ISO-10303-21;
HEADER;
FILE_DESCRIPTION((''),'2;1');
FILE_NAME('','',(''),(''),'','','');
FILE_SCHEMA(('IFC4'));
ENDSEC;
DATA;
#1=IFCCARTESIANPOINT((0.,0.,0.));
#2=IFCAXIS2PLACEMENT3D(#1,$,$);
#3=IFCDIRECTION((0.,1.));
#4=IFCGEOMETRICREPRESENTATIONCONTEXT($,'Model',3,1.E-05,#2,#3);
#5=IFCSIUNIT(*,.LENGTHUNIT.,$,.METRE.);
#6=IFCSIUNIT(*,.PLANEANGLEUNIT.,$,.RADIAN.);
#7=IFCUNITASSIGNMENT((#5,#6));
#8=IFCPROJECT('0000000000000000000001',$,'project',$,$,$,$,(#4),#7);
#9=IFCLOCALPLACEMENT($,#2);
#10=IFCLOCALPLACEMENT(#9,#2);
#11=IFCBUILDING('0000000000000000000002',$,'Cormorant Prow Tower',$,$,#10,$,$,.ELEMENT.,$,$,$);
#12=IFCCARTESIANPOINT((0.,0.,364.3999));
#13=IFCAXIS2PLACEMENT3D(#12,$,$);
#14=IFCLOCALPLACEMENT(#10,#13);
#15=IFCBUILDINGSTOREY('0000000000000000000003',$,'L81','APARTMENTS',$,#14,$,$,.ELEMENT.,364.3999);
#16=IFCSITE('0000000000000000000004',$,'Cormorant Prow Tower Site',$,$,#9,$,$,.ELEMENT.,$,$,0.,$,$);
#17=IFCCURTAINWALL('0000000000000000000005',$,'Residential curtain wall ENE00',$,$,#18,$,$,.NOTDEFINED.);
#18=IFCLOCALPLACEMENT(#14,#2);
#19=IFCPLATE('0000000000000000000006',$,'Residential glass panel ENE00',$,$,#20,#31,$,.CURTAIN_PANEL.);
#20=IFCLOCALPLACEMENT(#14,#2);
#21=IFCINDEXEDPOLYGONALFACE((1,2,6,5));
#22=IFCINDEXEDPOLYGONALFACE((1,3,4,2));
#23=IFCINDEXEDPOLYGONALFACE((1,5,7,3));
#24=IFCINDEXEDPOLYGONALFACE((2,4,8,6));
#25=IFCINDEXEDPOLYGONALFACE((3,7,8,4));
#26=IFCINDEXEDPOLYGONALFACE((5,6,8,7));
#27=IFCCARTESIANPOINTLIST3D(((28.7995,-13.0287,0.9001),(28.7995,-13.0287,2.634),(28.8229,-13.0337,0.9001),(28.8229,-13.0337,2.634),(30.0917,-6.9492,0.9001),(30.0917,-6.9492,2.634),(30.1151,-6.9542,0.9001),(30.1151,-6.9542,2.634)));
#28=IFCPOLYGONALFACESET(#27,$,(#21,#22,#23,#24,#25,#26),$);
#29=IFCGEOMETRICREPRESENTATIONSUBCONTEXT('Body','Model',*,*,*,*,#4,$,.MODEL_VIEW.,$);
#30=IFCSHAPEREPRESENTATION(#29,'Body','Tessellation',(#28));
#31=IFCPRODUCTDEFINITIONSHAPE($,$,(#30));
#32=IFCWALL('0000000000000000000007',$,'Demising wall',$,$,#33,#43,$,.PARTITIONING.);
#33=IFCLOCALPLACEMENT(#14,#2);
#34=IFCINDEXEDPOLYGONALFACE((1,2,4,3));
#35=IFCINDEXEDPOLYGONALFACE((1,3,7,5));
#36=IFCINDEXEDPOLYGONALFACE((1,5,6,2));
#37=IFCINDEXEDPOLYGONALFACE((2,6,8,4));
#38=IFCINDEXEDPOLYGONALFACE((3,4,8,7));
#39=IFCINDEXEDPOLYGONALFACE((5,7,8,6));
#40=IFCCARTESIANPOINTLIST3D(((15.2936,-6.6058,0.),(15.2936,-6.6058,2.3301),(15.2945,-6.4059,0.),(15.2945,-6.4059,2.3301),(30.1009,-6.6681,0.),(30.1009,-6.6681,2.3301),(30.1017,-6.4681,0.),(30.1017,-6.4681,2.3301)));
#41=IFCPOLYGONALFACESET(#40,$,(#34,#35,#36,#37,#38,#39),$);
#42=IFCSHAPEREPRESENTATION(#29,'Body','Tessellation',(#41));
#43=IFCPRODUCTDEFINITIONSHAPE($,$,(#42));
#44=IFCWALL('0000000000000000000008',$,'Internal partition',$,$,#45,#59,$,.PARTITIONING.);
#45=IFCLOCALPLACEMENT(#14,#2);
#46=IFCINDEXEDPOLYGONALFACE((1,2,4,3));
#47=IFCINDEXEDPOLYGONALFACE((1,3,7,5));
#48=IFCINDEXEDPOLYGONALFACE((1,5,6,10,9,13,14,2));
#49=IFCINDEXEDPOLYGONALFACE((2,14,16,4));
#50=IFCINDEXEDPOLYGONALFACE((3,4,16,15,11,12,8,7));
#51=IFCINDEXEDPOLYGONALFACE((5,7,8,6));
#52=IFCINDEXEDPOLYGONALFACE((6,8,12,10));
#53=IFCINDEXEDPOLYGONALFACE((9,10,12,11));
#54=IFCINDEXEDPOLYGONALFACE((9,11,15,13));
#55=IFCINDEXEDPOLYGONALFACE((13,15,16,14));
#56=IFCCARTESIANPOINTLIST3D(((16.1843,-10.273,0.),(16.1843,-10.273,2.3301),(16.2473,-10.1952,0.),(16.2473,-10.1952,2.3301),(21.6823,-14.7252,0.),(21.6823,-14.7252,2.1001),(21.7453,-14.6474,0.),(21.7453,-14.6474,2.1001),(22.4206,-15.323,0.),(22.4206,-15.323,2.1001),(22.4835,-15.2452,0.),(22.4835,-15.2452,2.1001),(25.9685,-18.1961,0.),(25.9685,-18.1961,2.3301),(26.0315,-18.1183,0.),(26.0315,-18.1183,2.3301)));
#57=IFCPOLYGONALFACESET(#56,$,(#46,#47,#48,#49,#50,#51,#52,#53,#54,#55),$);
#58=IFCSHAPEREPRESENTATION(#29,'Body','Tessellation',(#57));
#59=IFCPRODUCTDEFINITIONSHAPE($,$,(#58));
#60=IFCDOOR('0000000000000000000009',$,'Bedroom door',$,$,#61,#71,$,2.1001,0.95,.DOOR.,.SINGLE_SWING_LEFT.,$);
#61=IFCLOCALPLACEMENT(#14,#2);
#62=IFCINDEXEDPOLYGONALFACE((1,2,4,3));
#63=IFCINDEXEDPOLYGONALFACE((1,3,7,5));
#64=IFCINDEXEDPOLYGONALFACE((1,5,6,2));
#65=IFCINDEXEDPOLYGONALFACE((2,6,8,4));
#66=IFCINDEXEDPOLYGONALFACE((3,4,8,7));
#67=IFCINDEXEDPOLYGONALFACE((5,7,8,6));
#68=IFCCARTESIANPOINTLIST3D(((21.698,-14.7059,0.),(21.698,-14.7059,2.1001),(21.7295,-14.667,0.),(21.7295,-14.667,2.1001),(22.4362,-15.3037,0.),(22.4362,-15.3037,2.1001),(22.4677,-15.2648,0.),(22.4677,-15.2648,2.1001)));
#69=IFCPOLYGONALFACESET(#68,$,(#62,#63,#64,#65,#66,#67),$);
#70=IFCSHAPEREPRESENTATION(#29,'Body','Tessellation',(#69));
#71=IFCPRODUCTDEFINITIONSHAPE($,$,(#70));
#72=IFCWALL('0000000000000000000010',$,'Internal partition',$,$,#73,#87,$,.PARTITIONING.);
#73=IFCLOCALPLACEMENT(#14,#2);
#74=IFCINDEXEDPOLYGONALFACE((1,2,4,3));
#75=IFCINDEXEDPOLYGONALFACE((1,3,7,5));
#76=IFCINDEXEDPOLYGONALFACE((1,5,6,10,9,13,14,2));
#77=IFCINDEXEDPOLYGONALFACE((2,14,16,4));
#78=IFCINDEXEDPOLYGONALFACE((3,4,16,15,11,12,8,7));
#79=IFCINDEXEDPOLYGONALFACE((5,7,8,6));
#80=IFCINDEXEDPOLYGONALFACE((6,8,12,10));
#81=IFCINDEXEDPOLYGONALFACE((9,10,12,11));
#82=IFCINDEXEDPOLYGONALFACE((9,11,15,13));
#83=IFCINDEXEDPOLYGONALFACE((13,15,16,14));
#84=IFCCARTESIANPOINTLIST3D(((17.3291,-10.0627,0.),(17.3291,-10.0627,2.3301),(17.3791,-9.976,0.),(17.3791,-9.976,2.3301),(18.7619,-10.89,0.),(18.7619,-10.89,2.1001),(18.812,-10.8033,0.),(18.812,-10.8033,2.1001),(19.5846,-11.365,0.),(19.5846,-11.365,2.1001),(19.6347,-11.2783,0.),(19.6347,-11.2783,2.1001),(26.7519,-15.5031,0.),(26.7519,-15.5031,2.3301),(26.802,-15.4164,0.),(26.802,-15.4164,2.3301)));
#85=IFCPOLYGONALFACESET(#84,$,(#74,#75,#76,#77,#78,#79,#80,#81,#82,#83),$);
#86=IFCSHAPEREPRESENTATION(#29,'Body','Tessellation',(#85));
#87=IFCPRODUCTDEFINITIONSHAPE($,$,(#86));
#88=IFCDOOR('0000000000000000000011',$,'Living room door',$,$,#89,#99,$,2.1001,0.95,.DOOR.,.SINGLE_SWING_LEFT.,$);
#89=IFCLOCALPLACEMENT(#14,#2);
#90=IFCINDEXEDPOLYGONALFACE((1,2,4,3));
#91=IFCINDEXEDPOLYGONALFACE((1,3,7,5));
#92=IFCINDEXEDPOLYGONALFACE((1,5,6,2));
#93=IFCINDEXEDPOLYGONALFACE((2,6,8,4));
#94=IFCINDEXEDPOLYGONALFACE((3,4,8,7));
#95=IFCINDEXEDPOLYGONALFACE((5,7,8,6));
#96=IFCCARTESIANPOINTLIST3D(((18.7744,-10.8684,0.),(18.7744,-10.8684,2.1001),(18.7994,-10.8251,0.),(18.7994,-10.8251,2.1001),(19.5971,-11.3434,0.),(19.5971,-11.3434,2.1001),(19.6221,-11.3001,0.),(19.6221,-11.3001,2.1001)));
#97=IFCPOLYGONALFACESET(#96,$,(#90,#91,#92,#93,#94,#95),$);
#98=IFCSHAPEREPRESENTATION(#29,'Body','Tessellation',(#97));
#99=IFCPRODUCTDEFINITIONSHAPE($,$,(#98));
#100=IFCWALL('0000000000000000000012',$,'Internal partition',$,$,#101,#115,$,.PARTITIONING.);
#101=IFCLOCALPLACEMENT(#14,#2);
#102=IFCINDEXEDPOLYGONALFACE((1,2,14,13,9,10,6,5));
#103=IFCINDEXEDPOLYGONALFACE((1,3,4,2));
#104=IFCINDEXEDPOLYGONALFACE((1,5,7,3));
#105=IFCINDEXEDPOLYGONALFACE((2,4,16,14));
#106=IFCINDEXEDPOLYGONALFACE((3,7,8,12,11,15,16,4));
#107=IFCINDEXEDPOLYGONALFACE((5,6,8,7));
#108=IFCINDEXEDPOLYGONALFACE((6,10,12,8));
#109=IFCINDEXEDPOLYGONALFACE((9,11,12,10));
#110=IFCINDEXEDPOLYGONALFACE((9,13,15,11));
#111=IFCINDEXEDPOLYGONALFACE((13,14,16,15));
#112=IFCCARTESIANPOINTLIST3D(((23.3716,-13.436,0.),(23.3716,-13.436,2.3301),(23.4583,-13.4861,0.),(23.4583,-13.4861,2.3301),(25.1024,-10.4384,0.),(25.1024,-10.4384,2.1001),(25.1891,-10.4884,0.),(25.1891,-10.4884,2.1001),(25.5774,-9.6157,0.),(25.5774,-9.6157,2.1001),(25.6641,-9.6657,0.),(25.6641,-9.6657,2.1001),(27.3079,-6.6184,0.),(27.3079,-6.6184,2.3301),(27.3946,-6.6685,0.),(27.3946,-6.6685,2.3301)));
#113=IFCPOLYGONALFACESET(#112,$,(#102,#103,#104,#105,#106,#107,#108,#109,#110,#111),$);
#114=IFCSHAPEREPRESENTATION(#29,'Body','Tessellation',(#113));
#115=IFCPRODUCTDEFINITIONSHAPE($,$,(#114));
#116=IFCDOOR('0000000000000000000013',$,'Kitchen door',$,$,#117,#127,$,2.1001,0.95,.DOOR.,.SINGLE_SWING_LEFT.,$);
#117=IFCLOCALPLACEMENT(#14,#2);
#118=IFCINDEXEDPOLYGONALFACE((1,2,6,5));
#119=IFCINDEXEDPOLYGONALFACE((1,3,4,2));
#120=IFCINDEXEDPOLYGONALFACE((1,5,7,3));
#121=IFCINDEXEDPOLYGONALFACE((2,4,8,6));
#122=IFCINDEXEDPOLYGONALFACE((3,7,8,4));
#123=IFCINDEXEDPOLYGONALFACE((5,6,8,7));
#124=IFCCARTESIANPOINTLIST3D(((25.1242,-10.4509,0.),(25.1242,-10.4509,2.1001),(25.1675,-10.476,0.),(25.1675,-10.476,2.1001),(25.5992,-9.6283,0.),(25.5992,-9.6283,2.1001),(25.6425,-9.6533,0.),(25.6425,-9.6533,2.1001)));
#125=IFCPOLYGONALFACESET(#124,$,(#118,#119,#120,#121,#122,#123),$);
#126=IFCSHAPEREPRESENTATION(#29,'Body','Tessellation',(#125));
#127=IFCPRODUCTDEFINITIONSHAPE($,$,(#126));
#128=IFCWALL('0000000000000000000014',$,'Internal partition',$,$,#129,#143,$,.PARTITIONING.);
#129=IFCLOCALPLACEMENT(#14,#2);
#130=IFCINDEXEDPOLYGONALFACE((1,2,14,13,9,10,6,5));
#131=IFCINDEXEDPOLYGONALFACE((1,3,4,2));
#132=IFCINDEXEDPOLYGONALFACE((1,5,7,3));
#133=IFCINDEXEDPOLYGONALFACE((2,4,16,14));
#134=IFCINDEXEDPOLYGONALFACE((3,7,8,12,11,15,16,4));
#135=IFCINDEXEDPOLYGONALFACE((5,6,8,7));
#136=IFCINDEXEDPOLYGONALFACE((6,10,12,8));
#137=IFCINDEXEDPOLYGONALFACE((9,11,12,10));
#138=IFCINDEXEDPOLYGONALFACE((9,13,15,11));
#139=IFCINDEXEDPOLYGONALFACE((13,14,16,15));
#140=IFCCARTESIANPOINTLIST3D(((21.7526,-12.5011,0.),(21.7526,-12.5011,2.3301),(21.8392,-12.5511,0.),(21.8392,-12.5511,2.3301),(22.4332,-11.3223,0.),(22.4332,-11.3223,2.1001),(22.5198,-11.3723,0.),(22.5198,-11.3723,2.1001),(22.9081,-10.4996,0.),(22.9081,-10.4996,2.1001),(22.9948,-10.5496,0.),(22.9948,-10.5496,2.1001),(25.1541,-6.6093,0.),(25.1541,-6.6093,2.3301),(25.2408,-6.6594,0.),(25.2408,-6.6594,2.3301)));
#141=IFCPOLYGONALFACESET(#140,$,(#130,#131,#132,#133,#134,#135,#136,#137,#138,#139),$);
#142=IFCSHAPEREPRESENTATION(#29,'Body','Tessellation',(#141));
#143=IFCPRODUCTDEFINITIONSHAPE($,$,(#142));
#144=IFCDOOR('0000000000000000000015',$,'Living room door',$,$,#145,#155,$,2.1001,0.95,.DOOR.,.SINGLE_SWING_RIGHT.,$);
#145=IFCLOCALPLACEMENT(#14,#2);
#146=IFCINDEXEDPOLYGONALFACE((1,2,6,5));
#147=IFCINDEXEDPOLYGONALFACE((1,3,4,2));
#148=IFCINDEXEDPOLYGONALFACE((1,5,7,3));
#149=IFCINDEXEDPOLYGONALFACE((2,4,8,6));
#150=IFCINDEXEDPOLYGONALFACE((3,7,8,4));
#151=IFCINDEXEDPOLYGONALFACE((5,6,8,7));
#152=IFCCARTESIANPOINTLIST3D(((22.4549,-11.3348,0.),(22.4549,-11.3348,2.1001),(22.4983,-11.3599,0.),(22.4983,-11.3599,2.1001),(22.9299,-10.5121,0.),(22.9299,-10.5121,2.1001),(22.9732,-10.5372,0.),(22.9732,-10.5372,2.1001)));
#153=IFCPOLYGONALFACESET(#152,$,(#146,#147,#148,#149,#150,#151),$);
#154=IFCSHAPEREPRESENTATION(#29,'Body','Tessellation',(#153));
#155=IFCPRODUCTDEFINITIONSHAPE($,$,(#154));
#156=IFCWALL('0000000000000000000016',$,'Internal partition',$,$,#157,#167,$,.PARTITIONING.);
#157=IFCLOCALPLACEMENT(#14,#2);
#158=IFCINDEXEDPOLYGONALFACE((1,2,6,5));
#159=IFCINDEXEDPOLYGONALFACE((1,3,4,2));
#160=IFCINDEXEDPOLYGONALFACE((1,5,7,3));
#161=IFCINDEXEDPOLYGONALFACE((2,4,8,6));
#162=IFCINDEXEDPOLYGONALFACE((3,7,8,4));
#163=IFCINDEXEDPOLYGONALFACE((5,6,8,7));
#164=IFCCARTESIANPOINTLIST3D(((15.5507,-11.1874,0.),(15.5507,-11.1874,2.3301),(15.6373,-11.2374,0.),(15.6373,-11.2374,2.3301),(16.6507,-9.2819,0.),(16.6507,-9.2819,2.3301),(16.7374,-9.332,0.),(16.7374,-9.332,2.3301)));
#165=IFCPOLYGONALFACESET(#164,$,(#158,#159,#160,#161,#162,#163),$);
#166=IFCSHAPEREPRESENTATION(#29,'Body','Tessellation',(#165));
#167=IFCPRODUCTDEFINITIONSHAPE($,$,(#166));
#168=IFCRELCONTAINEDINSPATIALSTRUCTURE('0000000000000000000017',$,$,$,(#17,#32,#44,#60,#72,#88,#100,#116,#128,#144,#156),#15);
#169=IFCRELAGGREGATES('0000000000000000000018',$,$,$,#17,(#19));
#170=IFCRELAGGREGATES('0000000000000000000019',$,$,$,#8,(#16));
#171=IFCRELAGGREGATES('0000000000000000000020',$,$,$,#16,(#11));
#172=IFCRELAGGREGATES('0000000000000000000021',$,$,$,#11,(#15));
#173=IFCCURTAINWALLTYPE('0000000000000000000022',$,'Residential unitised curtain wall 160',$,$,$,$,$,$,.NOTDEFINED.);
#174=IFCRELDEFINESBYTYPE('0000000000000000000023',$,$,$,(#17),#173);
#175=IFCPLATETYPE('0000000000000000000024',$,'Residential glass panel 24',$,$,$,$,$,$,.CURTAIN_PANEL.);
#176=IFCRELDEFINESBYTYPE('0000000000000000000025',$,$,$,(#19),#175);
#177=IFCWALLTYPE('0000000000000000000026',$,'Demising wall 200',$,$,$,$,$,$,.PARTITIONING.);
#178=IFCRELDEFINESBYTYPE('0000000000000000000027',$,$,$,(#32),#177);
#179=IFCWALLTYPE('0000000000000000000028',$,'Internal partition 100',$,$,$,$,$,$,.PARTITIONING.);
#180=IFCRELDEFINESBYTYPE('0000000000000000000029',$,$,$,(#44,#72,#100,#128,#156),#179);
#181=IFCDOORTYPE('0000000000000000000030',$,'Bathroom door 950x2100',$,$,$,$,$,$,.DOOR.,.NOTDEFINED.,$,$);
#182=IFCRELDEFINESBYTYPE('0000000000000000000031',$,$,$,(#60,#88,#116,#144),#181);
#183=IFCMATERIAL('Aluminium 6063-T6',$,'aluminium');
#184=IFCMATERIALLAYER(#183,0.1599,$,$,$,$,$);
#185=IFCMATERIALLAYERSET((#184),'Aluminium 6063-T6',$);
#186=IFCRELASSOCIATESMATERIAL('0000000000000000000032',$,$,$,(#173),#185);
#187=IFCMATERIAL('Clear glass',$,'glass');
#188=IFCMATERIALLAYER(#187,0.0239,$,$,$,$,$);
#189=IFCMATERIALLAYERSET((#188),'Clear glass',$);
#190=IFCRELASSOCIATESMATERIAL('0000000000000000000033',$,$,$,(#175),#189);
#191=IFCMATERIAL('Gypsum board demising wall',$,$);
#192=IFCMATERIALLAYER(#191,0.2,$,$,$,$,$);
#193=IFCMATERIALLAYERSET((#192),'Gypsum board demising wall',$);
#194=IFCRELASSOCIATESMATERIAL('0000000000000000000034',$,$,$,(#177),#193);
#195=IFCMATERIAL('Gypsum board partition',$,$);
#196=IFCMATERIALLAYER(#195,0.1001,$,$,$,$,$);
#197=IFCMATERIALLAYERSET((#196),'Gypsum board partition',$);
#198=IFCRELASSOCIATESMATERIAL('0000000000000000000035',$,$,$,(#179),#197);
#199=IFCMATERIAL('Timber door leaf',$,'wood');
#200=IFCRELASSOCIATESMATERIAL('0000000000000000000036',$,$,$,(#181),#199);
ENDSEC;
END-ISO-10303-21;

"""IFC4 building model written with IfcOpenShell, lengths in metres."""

from ifc_helpers import new_model, si_unit, direction, frame, frame_2d, origin, origin_2d, place, context, subcontext, project, spatial, rectangle, extrude, material, layer, layer_set, type_object, element, fill, aggregate, save


model = new_model("IFC4")

# Units and contexts
model_context = context("Model", 3, precision=1e-05, world=origin(), true_north=direction((0.0, 1.0)))
body_context = subcontext(model_context, "Body", "Model", "MODEL_VIEW")
ifc_project = project(units=[si_unit("LENGTHUNIT", "METRE"), si_unit("PLANEANGLEUNIT", "RADIAN")], contexts=[model_context])

# Site, building, storey
site_placement = place(None, origin())
site = spatial("IfcSite", under=ifc_project, at=site_placement, Name="Cormorant Prow Tower Site", CompositionType="ELEMENT", RefElevation=0.0)
building_placement = place(site_placement, origin())
building = spatial("IfcBuilding", under=site, at=building_placement, Name="Cormorant Prow Tower", CompositionType="ELEMENT")
storey_placement = place(building_placement, frame((0.0, 0.0, 364.3999)))
storey = spatial("IfcBuildingStorey", under=building, at=storey_placement, Name="L81", Description="APARTMENTS", CompositionType="ELEMENT", Elevation=364.3999)

# Curtain wall
ifc_material_1 = material(Name="Aluminium 6063-T6", Category="aluminium")
ifc_layer_1 = layer(ifc_material_1, 0.1599)
ifc_layer_set_1 = layer_set([ifc_layer_1], Name="Aluminium 6063-T6")
curtain_wall_type = type_object("IfcCurtainWallType", Name="Residential unitised curtain wall 160", PredefinedType="NOTDEFINED", material=ifc_layer_set_1)
curtain_wall_1_placement = place(storey_placement, origin())
curtain_wall_1 = element("IfcCurtainWall", 1, at=curtain_wall_1_placement, inside=storey, type_object=curtain_wall_type, Name="Residential curtain wall ENE00", PredefinedType="NOTDEFINED")

# Plate
ifc_material_2 = material(Name="Clear glass", Category="glass")
ifc_layer_2 = layer(ifc_material_2, 0.0239)
ifc_layer_set_2 = layer_set([ifc_layer_2], Name="Clear glass")
plate_type = type_object("IfcPlateType", Name="Residential glass panel 24", PredefinedType="CURTAIN_PANEL", material=ifc_layer_set_2)
plate_placement = place(storey_placement, frame((29.4573, -9.9915, 0.9001), z_axis=(0.0, 0.0, 1.0), x_axis=(0.207912, 0.978148, 0.0)))
plate = element("IfcPlate", 2, at=plate_placement, type_object=plate_type, Name="Residential glass panel ENE00", PredefinedType="CURTAIN_PANEL", context=body_context, shape_type="SweptSolid", body=[
    extrude(rectangle(XDim=6.2153, YDim=0.0239, at=origin_2d()), origin(), (0.0, 0.0, 1.0), 1.7339),
])
aggregate(curtain_wall_1, [plate])

# Wall
ifc_material_3 = material(Name="Gypsum board demising wall")
ifc_layer_3 = layer(ifc_material_3, 0.2)
ifc_layer_set_3 = layer_set([ifc_layer_3], Name="Gypsum board demising wall")
wall_type_1 = type_object("IfcWallType", Name="Demising wall 200", PredefinedType="PARTITIONING", material=ifc_layer_set_3)
wall_1_placement = place(storey_placement, frame((15.2939, -6.5059, 0.0), z_axis=(0.0, 0.0, 1.0), x_axis=(0.999991, -0.004204, 0.0)))
element("IfcWall", 3, at=wall_1_placement, inside=storey, type_object=wall_type_1, Name="Demising wall", PredefinedType="PARTITIONING", context=body_context, shape_type="SweptSolid", body=[
    extrude(rectangle(XDim=14.8074, YDim=0.2, at=frame_2d((7.4038, 0.0))), origin(), (0.0, 0.0, 1.0), 2.3301),
])

# Walls, openings, doors
ifc_material_4 = material(Name="Gypsum board partition")
ifc_layer_4 = layer(ifc_material_4, 0.1001)
ifc_layer_set_4 = layer_set([ifc_layer_4], Name="Gypsum board partition")
wall_type_2 = type_object("IfcWallType", Name="Internal partition 100", PredefinedType="PARTITIONING", material=ifc_layer_set_4)
wall_2_placement = place(storey_placement, frame((16.2158, -10.2341, 0.0), z_axis=(0.0, 0.0, 1.0), x_axis=(0.777145, -0.629322, 0.0)))
wall_2 = element("IfcWall", 4, at=wall_2_placement, inside=storey, type_object=wall_type_2, Name="Internal partition", PredefinedType="PARTITIONING", context=body_context, shape_type="SweptSolid", body=[
    extrude(rectangle(XDim=12.5898, YDim=0.1001, at=frame_2d((6.2949, 0.0))), origin(), (0.0, 0.0, 1.0), 2.3301),
])
opening_1_placement = place(wall_2_placement, frame((7.0745, 0.0, 0.0)))
opening_1 = element("IfcOpeningElement", 5, at=opening_1_placement, cuts=wall_2, PredefinedType="OPENING", context=body_context, shape_type="SweptSolid", body=[
    extrude(rectangle(XDim=0.95, YDim=2.1001, at=frame_2d((0.4751, 1.05))), frame((0.0, 0.0601, 0.0), z_axis=(0.0, -1.0, 0.0), x_axis=(1.0, 0.0, 0.0)), (0.0, 0.0, 1.0), 0.1201),
])
ifc_material_5 = material(Name="Timber door leaf", Category="wood")
door_type_1 = type_object("IfcDoorType", Name="Bathroom door 950x2100", OperationType="NOTDEFINED", PredefinedType="DOOR", material=ifc_material_5)
door_1_placement = place(opening_1_placement, origin())
door_1 = element("IfcDoor", 6, at=door_1_placement, inside=storey, type_object=door_type_1, Name="Bedroom door", OperationType="SINGLE_SWING_LEFT", OverallHeight=2.1001, OverallWidth=0.95, PredefinedType="DOOR", context=body_context, shape_type="SweptSolid", body=[
    extrude(rectangle(XDim=0.95, YDim=2.1001, at=frame_2d((0.4751, 1.05))), frame((0.0, 0.0249, 0.0), z_axis=(0.0, -1.0, 0.0), x_axis=(1.0, 0.0, 0.0)), (0.0, 0.0, 1.0), 0.05),
])
fill(opening_1, door_1)
wall_3_placement = place(storey_placement, frame((17.354, -10.0193, 0.0), z_axis=(0.0, 0.0, 1.0), x_axis=(0.86602, -0.50001, 0.0)))
wall_3 = element("IfcWall", 7, at=wall_3_placement, inside=storey, type_object=wall_type_2, Name="Internal partition", PredefinedType="PARTITIONING", context=body_context, shape_type="SweptSolid", body=[
    extrude(rectangle(XDim=10.8806, YDim=0.1001, at=frame_2d((5.4404, 0.0))), origin(), (0.0, 0.0, 1.0), 2.3301),
])
opening_2_placement = place(wall_3_placement, frame((1.6545, 0.0, 0.0)))
opening_2 = element("IfcOpeningElement", 8, at=opening_2_placement, cuts=wall_3, PredefinedType="OPENING", context=body_context, shape_type="SweptSolid", body=[
    extrude(rectangle(XDim=0.95, YDim=2.1001, at=frame_2d((0.4751, 1.05))), frame((0.0, 0.0601, 0.0), z_axis=(0.0, -1.0, 0.0), x_axis=(1.0, 0.0, 0.0)), (0.0, 0.0, 1.0), 0.1201),
])
door_2_placement = place(opening_2_placement, origin())
door_2 = element("IfcDoor", 9, at=door_2_placement, inside=storey, type_object=door_type_1, Name="Living room door", OperationType="SINGLE_SWING_LEFT", OverallHeight=2.1001, OverallWidth=0.95, PredefinedType="DOOR", context=body_context, shape_type="SweptSolid", body=[
    extrude(rectangle(XDim=0.95, YDim=2.1001, at=frame_2d((0.4751, 1.05))), frame((0.0, 0.0249, 0.0), z_axis=(0.0, -1.0, 0.0), x_axis=(1.0, 0.0, 0.0)), (0.0, 0.0, 1.0), 0.05),
])
fill(opening_2, door_2)
wall_4_placement = place(storey_placement, frame((23.415, -13.4609, 0.0), z_axis=(0.0, 0.0, 1.0), x_axis=(0.500011, 0.866019, 0.0)))
wall_4 = element("IfcWall", 10, at=wall_4_placement, inside=storey, type_object=wall_type_2, Name="Internal partition", PredefinedType="PARTITIONING", context=body_context, shape_type="SweptSolid", body=[
    extrude(rectangle(XDim=7.8723, YDim=0.1001, at=frame_2d((3.936, 0.0))), origin(), (0.0, 0.0, 1.0), 2.3301),
])
opening_3_placement = place(wall_4_placement, frame((3.4612, 0.0, 0.0)))
opening_3 = element("IfcOpeningElement", 11, at=opening_3_placement, cuts=wall_4, PredefinedType="OPENING", context=body_context, shape_type="SweptSolid", body=[
    extrude(rectangle(XDim=0.95, YDim=2.1001, at=frame_2d((0.4751, 1.05))), frame((0.0, 0.0601, 0.0), z_axis=(0.0, -1.0, 0.0), x_axis=(1.0, 0.0, 0.0)), (0.0, 0.0, 1.0), 0.1201),
])
door_3_placement = place(opening_3_placement, origin())
door_3 = element("IfcDoor", 12, at=door_3_placement, inside=storey, type_object=door_type_1, Name="Kitchen door", OperationType="SINGLE_SWING_LEFT", OverallHeight=2.1001, OverallWidth=0.95, PredefinedType="DOOR", context=body_context, shape_type="SweptSolid", body=[
    extrude(rectangle(XDim=0.95, YDim=2.1001, at=frame_2d((0.4751, 1.05))), frame((0.0, 0.0249, 0.0), z_axis=(0.0, -1.0, 0.0), x_axis=(1.0, 0.0, 0.0)), (0.0, 0.0, 1.0), 0.05),
])
fill(opening_3, door_3)
wall_5_placement = place(storey_placement, frame((21.7959, -12.5261, 0.0), z_axis=(0.0, 0.0, 1.0), x_axis=(0.499995, 0.866028, 0.0)))
wall_5 = element("IfcWall", 13, at=wall_5_placement, inside=storey, type_object=wall_type_2, Name="Internal partition", PredefinedType="PARTITIONING", context=body_context, shape_type="SweptSolid", body=[
    extrude(rectangle(XDim=6.8032, YDim=0.1001, at=frame_2d((3.4016, 0.0))), origin(), (0.0, 0.0, 1.0), 2.3301),
])
opening_4_placement = place(wall_5_placement, frame((1.3611, 0.0, 0.0)))
opening_4 = element("IfcOpeningElement", 14, at=opening_4_placement, cuts=wall_5, PredefinedType="OPENING", context=body_context, shape_type="SweptSolid", body=[
    extrude(rectangle(XDim=0.95, YDim=2.1001, at=frame_2d((0.4751, 1.05))), frame((0.0, 0.0601, 0.0), z_axis=(0.0, -1.0, 0.0), x_axis=(1.0, 0.0, 0.0)), (0.0, 0.0, 1.0), 0.1201),
])
door_4_placement = place(opening_4_placement, origin())
door_4 = element("IfcDoor", 15, at=door_4_placement, inside=storey, type_object=door_type_1, Name="Living room door", OperationType="SINGLE_SWING_RIGHT", OverallHeight=2.1001, OverallWidth=0.95, PredefinedType="DOOR", context=body_context, shape_type="SweptSolid", body=[
    extrude(rectangle(XDim=0.95, YDim=2.1001, at=frame_2d((0.4751, 1.05))), frame((0.0, 0.0249, 0.0), z_axis=(0.0, -1.0, 0.0), x_axis=(1.0, 0.0, 0.0)), (0.0, 0.0, 1.0), 0.05),
])
fill(opening_4, door_4)

# Wall
wall_6_placement = place(storey_placement, frame((15.594, -11.2124, 0.0), z_axis=(0.0, 0.0, 1.0), x_axis=(0.499982, 0.866036, 0.0)))
element("IfcWall", 16, at=wall_6_placement, inside=storey, type_object=wall_type_2, Name="Internal partition", PredefinedType="PARTITIONING", context=body_context, shape_type="SweptSolid", body=[
    extrude(rectangle(XDim=2.2002, YDim=0.1001, at=frame_2d((1.1001, 0.0))), origin(), (0.0, 0.0, 1.0), 2.3301),
])

save(model, "model.ifc")
